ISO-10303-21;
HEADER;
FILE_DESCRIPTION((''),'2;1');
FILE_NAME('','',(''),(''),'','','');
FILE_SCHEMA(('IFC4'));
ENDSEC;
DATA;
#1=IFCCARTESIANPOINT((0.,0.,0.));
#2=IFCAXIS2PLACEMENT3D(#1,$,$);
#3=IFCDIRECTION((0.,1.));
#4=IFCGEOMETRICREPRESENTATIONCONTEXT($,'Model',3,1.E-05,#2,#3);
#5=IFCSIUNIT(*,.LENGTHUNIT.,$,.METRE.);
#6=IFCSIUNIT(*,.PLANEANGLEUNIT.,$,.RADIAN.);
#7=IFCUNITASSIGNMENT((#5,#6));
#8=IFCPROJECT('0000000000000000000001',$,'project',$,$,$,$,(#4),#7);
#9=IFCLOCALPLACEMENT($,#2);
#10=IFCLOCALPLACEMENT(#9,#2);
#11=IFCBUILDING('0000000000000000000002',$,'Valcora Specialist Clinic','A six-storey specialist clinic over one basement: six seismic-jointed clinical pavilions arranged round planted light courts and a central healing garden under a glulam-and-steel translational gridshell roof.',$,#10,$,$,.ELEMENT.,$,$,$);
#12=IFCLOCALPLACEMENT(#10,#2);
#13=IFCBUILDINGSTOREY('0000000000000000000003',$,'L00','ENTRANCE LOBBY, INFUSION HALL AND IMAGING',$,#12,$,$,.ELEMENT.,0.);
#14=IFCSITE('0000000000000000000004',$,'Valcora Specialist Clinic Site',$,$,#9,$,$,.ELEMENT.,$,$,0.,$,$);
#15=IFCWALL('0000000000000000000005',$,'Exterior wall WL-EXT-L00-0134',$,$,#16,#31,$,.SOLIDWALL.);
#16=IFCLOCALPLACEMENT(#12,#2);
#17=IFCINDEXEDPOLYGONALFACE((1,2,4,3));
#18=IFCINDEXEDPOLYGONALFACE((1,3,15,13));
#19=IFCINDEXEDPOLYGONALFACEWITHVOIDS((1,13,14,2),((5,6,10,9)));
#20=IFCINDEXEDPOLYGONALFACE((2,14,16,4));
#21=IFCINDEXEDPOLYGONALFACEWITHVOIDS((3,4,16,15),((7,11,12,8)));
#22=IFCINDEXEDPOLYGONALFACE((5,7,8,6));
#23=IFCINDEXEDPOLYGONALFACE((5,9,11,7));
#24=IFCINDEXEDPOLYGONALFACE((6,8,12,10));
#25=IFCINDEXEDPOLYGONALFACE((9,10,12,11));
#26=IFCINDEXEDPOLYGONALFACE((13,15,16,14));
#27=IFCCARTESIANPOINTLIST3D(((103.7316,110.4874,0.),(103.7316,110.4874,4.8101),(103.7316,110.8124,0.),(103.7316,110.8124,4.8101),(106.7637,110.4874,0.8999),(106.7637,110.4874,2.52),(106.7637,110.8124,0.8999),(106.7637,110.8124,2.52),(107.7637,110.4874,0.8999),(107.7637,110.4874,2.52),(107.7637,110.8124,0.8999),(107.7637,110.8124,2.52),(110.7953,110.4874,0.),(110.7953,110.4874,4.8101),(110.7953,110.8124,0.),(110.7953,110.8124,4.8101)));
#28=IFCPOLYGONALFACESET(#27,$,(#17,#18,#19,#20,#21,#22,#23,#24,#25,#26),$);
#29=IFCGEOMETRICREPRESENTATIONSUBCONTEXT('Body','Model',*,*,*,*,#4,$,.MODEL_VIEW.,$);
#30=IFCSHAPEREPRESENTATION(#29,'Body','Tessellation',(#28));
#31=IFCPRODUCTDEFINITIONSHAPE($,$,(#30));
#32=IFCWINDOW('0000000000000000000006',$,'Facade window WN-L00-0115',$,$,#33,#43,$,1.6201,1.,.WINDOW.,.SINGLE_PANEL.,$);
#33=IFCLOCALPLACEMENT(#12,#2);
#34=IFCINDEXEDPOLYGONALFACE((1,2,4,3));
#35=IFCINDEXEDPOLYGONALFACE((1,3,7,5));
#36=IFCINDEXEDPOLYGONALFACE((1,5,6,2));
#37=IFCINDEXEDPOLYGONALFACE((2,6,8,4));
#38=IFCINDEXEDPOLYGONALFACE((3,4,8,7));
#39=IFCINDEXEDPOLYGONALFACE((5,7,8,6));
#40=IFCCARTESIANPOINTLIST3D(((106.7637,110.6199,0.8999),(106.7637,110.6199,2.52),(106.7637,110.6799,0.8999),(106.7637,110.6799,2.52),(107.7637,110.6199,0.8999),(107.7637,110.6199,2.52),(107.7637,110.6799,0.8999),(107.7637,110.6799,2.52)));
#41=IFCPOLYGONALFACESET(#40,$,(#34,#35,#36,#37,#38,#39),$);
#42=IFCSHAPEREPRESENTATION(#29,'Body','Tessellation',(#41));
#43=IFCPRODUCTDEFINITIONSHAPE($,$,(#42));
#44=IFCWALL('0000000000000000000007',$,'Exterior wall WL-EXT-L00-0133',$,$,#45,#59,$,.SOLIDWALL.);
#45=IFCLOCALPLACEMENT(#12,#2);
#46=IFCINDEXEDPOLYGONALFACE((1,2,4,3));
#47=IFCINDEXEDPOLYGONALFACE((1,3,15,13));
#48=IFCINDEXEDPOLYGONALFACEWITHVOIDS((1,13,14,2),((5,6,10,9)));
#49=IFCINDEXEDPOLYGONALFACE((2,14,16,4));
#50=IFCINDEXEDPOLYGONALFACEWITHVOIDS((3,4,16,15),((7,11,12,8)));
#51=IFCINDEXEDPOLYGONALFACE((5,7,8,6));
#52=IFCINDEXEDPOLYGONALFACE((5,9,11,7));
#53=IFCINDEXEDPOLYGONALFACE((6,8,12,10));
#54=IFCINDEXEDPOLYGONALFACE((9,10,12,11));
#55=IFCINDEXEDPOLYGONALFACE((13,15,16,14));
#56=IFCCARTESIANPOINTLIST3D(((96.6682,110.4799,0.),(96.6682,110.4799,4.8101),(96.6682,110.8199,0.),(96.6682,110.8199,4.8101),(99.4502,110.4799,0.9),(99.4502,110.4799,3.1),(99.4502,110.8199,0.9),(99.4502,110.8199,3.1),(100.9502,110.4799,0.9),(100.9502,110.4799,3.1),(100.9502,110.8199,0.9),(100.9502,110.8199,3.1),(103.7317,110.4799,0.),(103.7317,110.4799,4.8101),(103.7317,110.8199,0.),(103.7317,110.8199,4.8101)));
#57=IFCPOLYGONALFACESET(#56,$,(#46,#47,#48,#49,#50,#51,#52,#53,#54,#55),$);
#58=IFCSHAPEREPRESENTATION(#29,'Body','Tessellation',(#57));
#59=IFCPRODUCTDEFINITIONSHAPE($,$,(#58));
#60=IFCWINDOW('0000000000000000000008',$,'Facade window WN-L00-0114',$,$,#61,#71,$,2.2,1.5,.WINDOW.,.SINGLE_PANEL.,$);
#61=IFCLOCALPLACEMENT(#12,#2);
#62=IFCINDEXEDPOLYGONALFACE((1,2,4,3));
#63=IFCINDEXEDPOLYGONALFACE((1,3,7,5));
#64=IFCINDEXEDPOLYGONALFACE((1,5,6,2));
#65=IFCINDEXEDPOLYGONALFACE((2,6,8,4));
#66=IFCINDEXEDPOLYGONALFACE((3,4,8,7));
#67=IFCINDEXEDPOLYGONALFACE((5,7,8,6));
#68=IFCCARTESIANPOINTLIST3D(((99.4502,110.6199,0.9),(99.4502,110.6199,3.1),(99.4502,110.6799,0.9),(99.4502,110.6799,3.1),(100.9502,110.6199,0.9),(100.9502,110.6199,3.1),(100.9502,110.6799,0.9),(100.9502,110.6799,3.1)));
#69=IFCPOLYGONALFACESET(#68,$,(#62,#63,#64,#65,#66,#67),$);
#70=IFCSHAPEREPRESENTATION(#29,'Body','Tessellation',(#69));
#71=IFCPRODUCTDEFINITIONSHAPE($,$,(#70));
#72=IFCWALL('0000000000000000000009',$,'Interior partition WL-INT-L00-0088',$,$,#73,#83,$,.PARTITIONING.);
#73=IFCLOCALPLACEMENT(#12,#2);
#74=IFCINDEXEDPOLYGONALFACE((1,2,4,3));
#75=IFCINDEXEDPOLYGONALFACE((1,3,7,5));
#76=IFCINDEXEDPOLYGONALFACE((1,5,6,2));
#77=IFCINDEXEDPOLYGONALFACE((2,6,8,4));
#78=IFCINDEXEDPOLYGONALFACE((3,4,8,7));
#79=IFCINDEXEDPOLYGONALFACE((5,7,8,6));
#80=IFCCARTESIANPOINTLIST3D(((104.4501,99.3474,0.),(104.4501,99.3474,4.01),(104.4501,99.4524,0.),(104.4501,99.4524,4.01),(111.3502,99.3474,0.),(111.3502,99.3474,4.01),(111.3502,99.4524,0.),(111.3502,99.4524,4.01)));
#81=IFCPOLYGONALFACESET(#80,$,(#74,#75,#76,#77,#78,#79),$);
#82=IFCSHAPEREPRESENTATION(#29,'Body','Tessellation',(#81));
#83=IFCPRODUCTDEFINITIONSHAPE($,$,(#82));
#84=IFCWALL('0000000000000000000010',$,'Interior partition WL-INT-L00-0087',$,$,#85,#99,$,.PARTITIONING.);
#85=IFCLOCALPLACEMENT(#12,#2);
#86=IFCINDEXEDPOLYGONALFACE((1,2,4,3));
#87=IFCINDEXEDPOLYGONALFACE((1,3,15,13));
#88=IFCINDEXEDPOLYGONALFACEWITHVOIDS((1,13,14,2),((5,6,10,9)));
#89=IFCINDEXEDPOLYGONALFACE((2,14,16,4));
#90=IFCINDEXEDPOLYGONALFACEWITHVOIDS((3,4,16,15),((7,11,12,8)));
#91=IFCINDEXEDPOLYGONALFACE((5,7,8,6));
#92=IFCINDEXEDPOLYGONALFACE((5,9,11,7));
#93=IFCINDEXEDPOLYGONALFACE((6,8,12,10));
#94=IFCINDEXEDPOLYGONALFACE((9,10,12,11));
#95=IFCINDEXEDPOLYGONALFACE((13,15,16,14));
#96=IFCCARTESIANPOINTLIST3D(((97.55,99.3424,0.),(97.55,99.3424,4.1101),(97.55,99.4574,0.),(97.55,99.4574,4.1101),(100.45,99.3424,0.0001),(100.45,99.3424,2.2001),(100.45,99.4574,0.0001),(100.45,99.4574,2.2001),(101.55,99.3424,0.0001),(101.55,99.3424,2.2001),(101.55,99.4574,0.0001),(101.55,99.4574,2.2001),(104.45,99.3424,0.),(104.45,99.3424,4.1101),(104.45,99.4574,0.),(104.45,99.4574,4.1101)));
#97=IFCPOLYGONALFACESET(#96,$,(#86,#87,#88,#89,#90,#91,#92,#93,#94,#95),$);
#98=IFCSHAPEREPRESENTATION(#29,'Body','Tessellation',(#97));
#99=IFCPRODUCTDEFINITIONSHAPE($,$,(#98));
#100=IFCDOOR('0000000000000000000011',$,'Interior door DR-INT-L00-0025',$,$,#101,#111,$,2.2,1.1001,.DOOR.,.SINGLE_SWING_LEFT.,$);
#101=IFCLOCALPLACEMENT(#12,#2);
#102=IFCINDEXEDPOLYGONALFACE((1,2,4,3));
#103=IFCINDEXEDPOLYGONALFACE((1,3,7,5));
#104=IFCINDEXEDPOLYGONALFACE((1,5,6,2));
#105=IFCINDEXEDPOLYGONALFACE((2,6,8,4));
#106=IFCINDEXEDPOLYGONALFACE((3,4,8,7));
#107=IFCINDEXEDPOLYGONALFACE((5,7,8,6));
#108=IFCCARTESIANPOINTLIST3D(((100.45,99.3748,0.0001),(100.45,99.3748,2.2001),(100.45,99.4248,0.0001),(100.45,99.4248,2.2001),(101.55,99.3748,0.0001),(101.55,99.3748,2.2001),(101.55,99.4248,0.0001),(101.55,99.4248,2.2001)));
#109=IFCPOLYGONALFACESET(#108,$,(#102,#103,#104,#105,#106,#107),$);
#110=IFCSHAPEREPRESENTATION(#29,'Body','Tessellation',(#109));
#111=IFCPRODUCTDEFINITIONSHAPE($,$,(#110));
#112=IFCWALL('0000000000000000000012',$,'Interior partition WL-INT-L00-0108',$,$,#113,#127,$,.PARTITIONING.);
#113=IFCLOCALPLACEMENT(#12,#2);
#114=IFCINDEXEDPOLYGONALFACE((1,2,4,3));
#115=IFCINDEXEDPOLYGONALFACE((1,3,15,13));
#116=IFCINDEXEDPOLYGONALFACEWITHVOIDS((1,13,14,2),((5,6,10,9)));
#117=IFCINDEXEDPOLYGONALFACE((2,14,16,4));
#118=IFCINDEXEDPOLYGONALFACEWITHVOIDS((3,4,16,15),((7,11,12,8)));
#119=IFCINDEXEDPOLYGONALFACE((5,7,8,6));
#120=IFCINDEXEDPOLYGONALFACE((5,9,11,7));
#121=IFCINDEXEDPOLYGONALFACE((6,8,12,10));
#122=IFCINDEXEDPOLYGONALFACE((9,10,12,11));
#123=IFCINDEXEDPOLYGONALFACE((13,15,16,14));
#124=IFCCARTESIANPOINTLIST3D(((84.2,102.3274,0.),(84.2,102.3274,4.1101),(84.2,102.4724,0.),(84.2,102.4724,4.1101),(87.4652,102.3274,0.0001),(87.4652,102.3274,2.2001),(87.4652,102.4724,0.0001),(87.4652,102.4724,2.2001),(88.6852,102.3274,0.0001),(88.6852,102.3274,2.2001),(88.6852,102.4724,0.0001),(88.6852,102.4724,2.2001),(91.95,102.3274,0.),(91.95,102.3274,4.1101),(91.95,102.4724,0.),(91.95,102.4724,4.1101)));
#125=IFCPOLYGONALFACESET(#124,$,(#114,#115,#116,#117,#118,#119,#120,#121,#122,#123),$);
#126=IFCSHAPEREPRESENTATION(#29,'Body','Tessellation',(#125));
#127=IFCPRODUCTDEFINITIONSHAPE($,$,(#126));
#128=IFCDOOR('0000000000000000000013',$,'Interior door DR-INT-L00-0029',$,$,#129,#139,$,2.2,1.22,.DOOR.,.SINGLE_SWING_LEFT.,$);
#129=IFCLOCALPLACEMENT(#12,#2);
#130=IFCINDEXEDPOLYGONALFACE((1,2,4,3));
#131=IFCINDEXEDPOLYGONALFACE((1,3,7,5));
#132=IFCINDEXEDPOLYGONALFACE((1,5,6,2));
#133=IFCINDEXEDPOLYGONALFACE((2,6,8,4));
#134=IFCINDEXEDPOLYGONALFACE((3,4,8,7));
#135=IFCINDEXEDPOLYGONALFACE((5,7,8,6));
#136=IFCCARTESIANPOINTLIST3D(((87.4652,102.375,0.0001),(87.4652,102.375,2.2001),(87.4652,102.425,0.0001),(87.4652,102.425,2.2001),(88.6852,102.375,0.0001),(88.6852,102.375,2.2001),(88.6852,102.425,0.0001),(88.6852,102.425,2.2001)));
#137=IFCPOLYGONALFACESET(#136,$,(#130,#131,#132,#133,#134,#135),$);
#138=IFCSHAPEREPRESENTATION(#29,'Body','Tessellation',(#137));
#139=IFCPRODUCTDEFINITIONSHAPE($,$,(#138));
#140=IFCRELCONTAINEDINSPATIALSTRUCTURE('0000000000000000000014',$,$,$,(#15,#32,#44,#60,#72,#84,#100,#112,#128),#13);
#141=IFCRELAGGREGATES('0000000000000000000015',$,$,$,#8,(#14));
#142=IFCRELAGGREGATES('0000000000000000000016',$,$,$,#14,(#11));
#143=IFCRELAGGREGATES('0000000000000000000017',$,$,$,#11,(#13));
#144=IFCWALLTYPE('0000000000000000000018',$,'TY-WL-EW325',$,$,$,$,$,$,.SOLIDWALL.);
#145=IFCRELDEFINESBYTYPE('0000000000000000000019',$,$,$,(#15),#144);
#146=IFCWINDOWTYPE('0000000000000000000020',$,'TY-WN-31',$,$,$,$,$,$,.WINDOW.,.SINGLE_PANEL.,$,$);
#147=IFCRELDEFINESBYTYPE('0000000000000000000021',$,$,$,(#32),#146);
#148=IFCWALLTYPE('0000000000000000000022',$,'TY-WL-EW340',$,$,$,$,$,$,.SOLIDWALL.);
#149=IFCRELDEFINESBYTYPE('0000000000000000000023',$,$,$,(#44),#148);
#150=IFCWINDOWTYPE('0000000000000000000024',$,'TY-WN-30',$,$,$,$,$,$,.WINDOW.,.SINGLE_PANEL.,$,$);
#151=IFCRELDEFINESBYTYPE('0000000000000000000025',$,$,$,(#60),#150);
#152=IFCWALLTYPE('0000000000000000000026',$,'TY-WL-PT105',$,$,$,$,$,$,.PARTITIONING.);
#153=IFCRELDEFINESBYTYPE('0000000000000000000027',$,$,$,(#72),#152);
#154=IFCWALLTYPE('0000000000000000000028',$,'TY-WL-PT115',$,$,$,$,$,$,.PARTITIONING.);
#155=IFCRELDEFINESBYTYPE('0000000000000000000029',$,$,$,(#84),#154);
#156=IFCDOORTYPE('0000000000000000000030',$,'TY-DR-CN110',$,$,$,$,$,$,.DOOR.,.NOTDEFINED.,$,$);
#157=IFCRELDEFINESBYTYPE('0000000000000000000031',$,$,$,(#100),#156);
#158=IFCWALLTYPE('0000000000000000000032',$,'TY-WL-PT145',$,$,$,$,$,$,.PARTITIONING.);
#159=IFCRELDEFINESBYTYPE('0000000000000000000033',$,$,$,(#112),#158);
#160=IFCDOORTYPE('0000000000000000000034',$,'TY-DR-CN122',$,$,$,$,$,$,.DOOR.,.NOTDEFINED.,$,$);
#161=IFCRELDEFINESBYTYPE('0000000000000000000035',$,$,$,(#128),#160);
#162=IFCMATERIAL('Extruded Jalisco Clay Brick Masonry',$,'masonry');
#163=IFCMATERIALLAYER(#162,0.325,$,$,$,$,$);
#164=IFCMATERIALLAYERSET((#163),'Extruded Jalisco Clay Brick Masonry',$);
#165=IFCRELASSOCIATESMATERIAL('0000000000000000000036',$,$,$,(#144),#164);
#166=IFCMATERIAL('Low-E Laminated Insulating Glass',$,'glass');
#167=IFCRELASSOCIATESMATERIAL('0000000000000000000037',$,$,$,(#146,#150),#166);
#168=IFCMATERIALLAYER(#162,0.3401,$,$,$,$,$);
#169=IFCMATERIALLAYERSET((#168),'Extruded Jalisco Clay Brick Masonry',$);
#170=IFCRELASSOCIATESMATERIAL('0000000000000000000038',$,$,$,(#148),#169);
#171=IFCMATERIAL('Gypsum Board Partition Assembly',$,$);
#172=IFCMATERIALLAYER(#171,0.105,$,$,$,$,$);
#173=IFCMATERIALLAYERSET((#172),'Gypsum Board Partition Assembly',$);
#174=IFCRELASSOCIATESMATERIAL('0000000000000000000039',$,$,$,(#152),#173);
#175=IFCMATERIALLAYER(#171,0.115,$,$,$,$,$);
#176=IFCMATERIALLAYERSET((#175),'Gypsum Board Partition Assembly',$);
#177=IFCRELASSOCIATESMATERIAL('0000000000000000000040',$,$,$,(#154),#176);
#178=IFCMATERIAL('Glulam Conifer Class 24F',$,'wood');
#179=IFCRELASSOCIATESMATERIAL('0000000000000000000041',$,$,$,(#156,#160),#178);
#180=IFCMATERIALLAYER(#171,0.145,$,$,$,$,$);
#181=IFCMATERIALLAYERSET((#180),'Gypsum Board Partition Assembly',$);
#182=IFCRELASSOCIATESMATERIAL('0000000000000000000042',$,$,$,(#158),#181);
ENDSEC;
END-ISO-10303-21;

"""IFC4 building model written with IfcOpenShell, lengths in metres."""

from ifc_helpers import new_model, si_unit, direction, frame, frame_2d, origin, place, context, subcontext, project, spatial, rectangle, extrude, material, layer, layer_set, type_object, element, fill, save


model = new_model("IFC4")

# Units and contexts
model_context = context("Model", 3, precision=1e-05, world=origin(), true_north=direction((0.0, 1.0)))
body_context = subcontext(model_context, "Body", "Model", "MODEL_VIEW")
ifc_project = project(units=[si_unit("LENGTHUNIT", "METRE"), si_unit("PLANEANGLEUNIT", "RADIAN")], contexts=[model_context])

# Site, building, storey
site_placement = place(None, origin())
site = spatial("IfcSite", under=ifc_project, at=site_placement, Name="Valcora Specialist Clinic Site", CompositionType="ELEMENT", RefElevation=0.0)
building_placement = place(site_placement, origin())
building = spatial("IfcBuilding", under=site, at=building_placement, Name="Valcora Specialist Clinic", Description="A six-storey specialist clinic over one basement: six seismic-jointed clinical pavilions arranged round planted light courts and a central healing garden under a glulam-and-steel translational gridshell roof.", CompositionType="ELEMENT")
storey_placement = place(building_placement, origin())
storey = spatial("IfcBuildingStorey", under=building, at=storey_placement, Name="L00", Description="ENTRANCE LOBBY, INFUSION HALL AND IMAGING", CompositionType="ELEMENT", Elevation=0.0)

# Walls, openings, windows
ifc_material_1 = material(Name="Extruded Jalisco Clay Brick Masonry", Category="masonry")
ifc_layer_1 = layer(ifc_material_1, 0.325)
ifc_layer_set_1 = layer_set([ifc_layer_1], Name="Extruded Jalisco Clay Brick Masonry")
wall_type_1 = type_object("IfcWallType", Name="TY-WL-EW325", PredefinedType="SOLIDWALL", material=ifc_layer_set_1)
wall_1_placement = place(storey_placement, frame((103.7317, 110.6499, 0.0), z_axis=(0.0, 0.0, 1.0), x_axis=(1.0, 0.0, 0.0)))
wall_1 = element("IfcWall", 1, at=wall_1_placement, inside=storey, type_object=wall_type_1, Name="Exterior wall WL-EXT-L00-0134", PredefinedType="SOLIDWALL", context=body_context, shape_type="SweptSolid", body=[
    extrude(rectangle(XDim=7.0637, YDim=0.325, at=frame_2d((3.5317, 0.0))), origin(), (0.0, 0.0, 1.0), 4.8101),
])
opening_1_placement = place(wall_1_placement, frame((3.032, 0.0, 0.8999)))
opening_1 = element("IfcOpeningElement", 2, at=opening_1_placement, cuts=wall_1, PredefinedType="OPENING", context=body_context, shape_type="SweptSolid", body=[
    extrude(rectangle(XDim=1.0, YDim=1.6201, at=frame_2d((0.5, 0.8101))), frame((0.0, 0.1724, 0.0), z_axis=(0.0, -1.0, 0.0), x_axis=(1.0, 0.0, 0.0)), (0.0, 0.0, 1.0), 0.345),
])
ifc_material_2 = material(Name="Low-E Laminated Insulating Glass", Category="glass")
window_type_1 = type_object("IfcWindowType", Name="TY-WN-31", PartitioningType="SINGLE_PANEL", PredefinedType="WINDOW", material=ifc_material_2)
window_1_placement = place(opening_1_placement, origin())
window_1 = element("IfcWindow", 3, at=window_1_placement, inside=storey, type_object=window_type_1, Name="Facade window WN-L00-0115", OverallHeight=1.6201, OverallWidth=1.0, PartitioningType="SINGLE_PANEL", PredefinedType="WINDOW", context=body_context, shape_type="SweptSolid", body=[
    extrude(rectangle(XDim=1.0, YDim=1.6201, at=frame_2d((0.5, 0.8101))), frame((0.0, 0.03, 0.0), z_axis=(0.0, -1.0, 0.0), x_axis=(1.0, 0.0, 0.0)), (0.0, 0.0, 1.0), 0.0601),
])
fill(opening_1, window_1)
ifc_layer_2 = layer(ifc_material_1, 0.3401)
ifc_layer_set_2 = layer_set([ifc_layer_2], Name="Extruded Jalisco Clay Brick Masonry")
wall_type_2 = type_object("IfcWallType", Name="TY-WL-EW340", PredefinedType="SOLIDWALL", material=ifc_layer_set_2)
wall_2_placement = place(storey_placement, frame((96.6682, 110.6499, 0.0), z_axis=(0.0, 0.0, 1.0), x_axis=(1.0, 0.0, 0.0)))
wall_2 = element("IfcWall", 4, at=wall_2_placement, inside=storey, type_object=wall_type_2, Name="Exterior wall WL-EXT-L00-0133", PredefinedType="SOLIDWALL", context=body_context, shape_type="SweptSolid", body=[
    extrude(rectangle(XDim=7.0635, YDim=0.3401, at=frame_2d((3.5317, 0.0))), origin(), (0.0, 0.0, 1.0), 4.8101),
])
opening_2_placement = place(wall_2_placement, frame((2.782, 0.0, 0.8999)))
opening_2 = element("IfcOpeningElement", 5, at=opening_2_placement, cuts=wall_2, PredefinedType="OPENING", context=body_context, shape_type="SweptSolid", body=[
    extrude(rectangle(XDim=1.5, YDim=2.2, at=frame_2d((0.75, 1.1001))), frame((0.0, 0.1799, 0.0), z_axis=(0.0, -1.0, 0.0), x_axis=(1.0, 0.0, 0.0)), (0.0, 0.0, 1.0), 0.3601),
])
window_type_2 = type_object("IfcWindowType", Name="TY-WN-30", PartitioningType="SINGLE_PANEL", PredefinedType="WINDOW", material=ifc_material_2)
window_2_placement = place(opening_2_placement, origin())
window_2 = element("IfcWindow", 6, at=window_2_placement, inside=storey, type_object=window_type_2, Name="Facade window WN-L00-0114", OverallHeight=2.2, OverallWidth=1.5, PartitioningType="SINGLE_PANEL", PredefinedType="WINDOW", context=body_context, shape_type="SweptSolid", body=[
    extrude(rectangle(XDim=1.5, YDim=2.2, at=frame_2d((0.75, 1.1001))), frame((0.0, 0.03, 0.0), z_axis=(0.0, -1.0, 0.0), x_axis=(1.0, 0.0, 0.0)), (0.0, 0.0, 1.0), 0.0601),
])
fill(opening_2, window_2)

# Wall
ifc_material_3 = material(Name="Gypsum Board Partition Assembly")
ifc_layer_3 = layer(ifc_material_3, 0.105)
ifc_layer_set_3 = layer_set([ifc_layer_3], Name="Gypsum Board Partition Assembly")
wall_type_3 = type_object("IfcWallType", Name="TY-WL-PT105", PredefinedType="PARTITIONING", material=ifc_layer_set_3)
wall_3_placement = place(storey_placement, frame((104.45, 99.3999, 0.0), z_axis=(0.0, 0.0, 1.0), x_axis=(1.0, 0.0, 0.0)))
element("IfcWall", 7, at=wall_3_placement, inside=storey, type_object=wall_type_3, Name="Interior partition WL-INT-L00-0088", PredefinedType="PARTITIONING", context=body_context, shape_type="SweptSolid", body=[
    extrude(rectangle(XDim=6.9001, YDim=0.105, at=frame_2d((3.4502, 0.0))), origin(), (0.0, 0.0, 1.0), 4.01),
])

# Walls, openings, doors
ifc_layer_4 = layer(ifc_material_3, 0.115)
ifc_layer_set_4 = layer_set([ifc_layer_4], Name="Gypsum Board Partition Assembly")
wall_type_4 = type_object("IfcWallType", Name="TY-WL-PT115", PredefinedType="PARTITIONING", material=ifc_layer_set_4)
wall_4_placement = place(storey_placement, frame((97.55, 99.3999, 0.0), z_axis=(0.0, 0.0, 1.0), x_axis=(1.0, 0.0, 0.0)))
wall_4 = element("IfcWall", 8, at=wall_4_placement, inside=storey, type_object=wall_type_4, Name="Interior partition WL-INT-L00-0087", PredefinedType="PARTITIONING", context=body_context, shape_type="SweptSolid", body=[
    extrude(rectangle(XDim=6.8999, YDim=0.115, at=frame_2d((3.45, 0.0))), origin(), (0.0, 0.0, 1.0), 4.1101),
])
opening_3_placement = place(wall_4_placement, frame((2.8999, 0.0, 0.0)))
opening_3 = element("IfcOpeningElement", 9, at=opening_3_placement, cuts=wall_4, PredefinedType="OPENING", context=body_context, shape_type="SweptSolid", body=[
    extrude(rectangle(XDim=1.1001, YDim=2.2, at=frame_2d((0.55, 1.1001))), frame((0.0, 0.0674, 0.0), z_axis=(0.0, -1.0, 0.0), x_axis=(1.0, 0.0, 0.0)), (0.0, 0.0, 1.0), 0.135),
])
ifc_material_4 = material(Name="Glulam Conifer Class 24F", Category="wood")
door_type_1 = type_object("IfcDoorType", Name="TY-DR-CN110", OperationType="NOTDEFINED", PredefinedType="DOOR", material=ifc_material_4)
door_1_placement = place(opening_3_placement, origin())
door_1 = element("IfcDoor", 10, at=door_1_placement, inside=storey, type_object=door_type_1, Name="Interior door DR-INT-L00-0025", OperationType="SINGLE_SWING_LEFT", OverallHeight=2.2, OverallWidth=1.1001, PredefinedType="DOOR", context=body_context, shape_type="SweptSolid", body=[
    extrude(rectangle(XDim=1.1001, YDim=2.2, at=frame_2d((0.55, 1.1001))), frame((0.0, 0.0249, 0.0), z_axis=(0.0, -1.0, 0.0), x_axis=(1.0, 0.0, 0.0)), (0.0, 0.0, 1.0), 0.05),
])
fill(opening_3, door_1)
ifc_layer_5 = layer(ifc_material_3, 0.145)
ifc_layer_set_5 = layer_set([ifc_layer_5], Name="Gypsum Board Partition Assembly")
wall_type_5 = type_object("IfcWallType", Name="TY-WL-PT145", PredefinedType="PARTITIONING", material=ifc_layer_set_5)
wall_5_placement = place(storey_placement, frame((91.95, 102.3999, 0.0), z_axis=(0.0, 0.0, 1.0), x_axis=(-1.0, 0.0, 0.0)))
wall_5 = element("IfcWall", 11, at=wall_5_placement, inside=storey, type_object=wall_type_5, Name="Interior partition WL-INT-L00-0108", PredefinedType="PARTITIONING", context=body_context, shape_type="SweptSolid", body=[
    extrude(rectangle(XDim=7.75, YDim=0.145, at=frame_2d((3.875, 0.0))), origin(), (0.0, 0.0, 1.0), 4.1101),
])
opening_4_placement = place(wall_5_placement, frame((3.2649, 0.0, 0.0)))
opening_4 = element("IfcOpeningElement", 12, at=opening_4_placement, cuts=wall_5, PredefinedType="OPENING", context=body_context, shape_type="SweptSolid", body=[
    extrude(rectangle(XDim=1.22, YDim=2.2, at=frame_2d((0.6099, 1.1001))), frame((0.0, 0.0825, 0.0), z_axis=(0.0, -1.0, 0.0), x_axis=(1.0, 0.0, 0.0)), (0.0, 0.0, 1.0), 0.165),
])
door_type_2 = type_object("IfcDoorType", Name="TY-DR-CN122", OperationType="NOTDEFINED", PredefinedType="DOOR", material=ifc_material_4)
door_2_placement = place(opening_4_placement, origin())
door_2 = element("IfcDoor", 13, at=door_2_placement, inside=storey, type_object=door_type_2, Name="Interior door DR-INT-L00-0029", OperationType="SINGLE_SWING_LEFT", OverallHeight=2.2, OverallWidth=1.22, PredefinedType="DOOR", context=body_context, shape_type="SweptSolid", body=[
    extrude(rectangle(XDim=1.22, YDim=2.2, at=frame_2d((0.6099, 1.1001))), frame((0.0, 0.0249, 0.0), z_axis=(0.0, -1.0, 0.0), x_axis=(1.0, 0.0, 0.0)), (0.0, 0.0, 1.0), 0.05),
])
fill(opening_4, door_2)

save(model, "model.ifc")
